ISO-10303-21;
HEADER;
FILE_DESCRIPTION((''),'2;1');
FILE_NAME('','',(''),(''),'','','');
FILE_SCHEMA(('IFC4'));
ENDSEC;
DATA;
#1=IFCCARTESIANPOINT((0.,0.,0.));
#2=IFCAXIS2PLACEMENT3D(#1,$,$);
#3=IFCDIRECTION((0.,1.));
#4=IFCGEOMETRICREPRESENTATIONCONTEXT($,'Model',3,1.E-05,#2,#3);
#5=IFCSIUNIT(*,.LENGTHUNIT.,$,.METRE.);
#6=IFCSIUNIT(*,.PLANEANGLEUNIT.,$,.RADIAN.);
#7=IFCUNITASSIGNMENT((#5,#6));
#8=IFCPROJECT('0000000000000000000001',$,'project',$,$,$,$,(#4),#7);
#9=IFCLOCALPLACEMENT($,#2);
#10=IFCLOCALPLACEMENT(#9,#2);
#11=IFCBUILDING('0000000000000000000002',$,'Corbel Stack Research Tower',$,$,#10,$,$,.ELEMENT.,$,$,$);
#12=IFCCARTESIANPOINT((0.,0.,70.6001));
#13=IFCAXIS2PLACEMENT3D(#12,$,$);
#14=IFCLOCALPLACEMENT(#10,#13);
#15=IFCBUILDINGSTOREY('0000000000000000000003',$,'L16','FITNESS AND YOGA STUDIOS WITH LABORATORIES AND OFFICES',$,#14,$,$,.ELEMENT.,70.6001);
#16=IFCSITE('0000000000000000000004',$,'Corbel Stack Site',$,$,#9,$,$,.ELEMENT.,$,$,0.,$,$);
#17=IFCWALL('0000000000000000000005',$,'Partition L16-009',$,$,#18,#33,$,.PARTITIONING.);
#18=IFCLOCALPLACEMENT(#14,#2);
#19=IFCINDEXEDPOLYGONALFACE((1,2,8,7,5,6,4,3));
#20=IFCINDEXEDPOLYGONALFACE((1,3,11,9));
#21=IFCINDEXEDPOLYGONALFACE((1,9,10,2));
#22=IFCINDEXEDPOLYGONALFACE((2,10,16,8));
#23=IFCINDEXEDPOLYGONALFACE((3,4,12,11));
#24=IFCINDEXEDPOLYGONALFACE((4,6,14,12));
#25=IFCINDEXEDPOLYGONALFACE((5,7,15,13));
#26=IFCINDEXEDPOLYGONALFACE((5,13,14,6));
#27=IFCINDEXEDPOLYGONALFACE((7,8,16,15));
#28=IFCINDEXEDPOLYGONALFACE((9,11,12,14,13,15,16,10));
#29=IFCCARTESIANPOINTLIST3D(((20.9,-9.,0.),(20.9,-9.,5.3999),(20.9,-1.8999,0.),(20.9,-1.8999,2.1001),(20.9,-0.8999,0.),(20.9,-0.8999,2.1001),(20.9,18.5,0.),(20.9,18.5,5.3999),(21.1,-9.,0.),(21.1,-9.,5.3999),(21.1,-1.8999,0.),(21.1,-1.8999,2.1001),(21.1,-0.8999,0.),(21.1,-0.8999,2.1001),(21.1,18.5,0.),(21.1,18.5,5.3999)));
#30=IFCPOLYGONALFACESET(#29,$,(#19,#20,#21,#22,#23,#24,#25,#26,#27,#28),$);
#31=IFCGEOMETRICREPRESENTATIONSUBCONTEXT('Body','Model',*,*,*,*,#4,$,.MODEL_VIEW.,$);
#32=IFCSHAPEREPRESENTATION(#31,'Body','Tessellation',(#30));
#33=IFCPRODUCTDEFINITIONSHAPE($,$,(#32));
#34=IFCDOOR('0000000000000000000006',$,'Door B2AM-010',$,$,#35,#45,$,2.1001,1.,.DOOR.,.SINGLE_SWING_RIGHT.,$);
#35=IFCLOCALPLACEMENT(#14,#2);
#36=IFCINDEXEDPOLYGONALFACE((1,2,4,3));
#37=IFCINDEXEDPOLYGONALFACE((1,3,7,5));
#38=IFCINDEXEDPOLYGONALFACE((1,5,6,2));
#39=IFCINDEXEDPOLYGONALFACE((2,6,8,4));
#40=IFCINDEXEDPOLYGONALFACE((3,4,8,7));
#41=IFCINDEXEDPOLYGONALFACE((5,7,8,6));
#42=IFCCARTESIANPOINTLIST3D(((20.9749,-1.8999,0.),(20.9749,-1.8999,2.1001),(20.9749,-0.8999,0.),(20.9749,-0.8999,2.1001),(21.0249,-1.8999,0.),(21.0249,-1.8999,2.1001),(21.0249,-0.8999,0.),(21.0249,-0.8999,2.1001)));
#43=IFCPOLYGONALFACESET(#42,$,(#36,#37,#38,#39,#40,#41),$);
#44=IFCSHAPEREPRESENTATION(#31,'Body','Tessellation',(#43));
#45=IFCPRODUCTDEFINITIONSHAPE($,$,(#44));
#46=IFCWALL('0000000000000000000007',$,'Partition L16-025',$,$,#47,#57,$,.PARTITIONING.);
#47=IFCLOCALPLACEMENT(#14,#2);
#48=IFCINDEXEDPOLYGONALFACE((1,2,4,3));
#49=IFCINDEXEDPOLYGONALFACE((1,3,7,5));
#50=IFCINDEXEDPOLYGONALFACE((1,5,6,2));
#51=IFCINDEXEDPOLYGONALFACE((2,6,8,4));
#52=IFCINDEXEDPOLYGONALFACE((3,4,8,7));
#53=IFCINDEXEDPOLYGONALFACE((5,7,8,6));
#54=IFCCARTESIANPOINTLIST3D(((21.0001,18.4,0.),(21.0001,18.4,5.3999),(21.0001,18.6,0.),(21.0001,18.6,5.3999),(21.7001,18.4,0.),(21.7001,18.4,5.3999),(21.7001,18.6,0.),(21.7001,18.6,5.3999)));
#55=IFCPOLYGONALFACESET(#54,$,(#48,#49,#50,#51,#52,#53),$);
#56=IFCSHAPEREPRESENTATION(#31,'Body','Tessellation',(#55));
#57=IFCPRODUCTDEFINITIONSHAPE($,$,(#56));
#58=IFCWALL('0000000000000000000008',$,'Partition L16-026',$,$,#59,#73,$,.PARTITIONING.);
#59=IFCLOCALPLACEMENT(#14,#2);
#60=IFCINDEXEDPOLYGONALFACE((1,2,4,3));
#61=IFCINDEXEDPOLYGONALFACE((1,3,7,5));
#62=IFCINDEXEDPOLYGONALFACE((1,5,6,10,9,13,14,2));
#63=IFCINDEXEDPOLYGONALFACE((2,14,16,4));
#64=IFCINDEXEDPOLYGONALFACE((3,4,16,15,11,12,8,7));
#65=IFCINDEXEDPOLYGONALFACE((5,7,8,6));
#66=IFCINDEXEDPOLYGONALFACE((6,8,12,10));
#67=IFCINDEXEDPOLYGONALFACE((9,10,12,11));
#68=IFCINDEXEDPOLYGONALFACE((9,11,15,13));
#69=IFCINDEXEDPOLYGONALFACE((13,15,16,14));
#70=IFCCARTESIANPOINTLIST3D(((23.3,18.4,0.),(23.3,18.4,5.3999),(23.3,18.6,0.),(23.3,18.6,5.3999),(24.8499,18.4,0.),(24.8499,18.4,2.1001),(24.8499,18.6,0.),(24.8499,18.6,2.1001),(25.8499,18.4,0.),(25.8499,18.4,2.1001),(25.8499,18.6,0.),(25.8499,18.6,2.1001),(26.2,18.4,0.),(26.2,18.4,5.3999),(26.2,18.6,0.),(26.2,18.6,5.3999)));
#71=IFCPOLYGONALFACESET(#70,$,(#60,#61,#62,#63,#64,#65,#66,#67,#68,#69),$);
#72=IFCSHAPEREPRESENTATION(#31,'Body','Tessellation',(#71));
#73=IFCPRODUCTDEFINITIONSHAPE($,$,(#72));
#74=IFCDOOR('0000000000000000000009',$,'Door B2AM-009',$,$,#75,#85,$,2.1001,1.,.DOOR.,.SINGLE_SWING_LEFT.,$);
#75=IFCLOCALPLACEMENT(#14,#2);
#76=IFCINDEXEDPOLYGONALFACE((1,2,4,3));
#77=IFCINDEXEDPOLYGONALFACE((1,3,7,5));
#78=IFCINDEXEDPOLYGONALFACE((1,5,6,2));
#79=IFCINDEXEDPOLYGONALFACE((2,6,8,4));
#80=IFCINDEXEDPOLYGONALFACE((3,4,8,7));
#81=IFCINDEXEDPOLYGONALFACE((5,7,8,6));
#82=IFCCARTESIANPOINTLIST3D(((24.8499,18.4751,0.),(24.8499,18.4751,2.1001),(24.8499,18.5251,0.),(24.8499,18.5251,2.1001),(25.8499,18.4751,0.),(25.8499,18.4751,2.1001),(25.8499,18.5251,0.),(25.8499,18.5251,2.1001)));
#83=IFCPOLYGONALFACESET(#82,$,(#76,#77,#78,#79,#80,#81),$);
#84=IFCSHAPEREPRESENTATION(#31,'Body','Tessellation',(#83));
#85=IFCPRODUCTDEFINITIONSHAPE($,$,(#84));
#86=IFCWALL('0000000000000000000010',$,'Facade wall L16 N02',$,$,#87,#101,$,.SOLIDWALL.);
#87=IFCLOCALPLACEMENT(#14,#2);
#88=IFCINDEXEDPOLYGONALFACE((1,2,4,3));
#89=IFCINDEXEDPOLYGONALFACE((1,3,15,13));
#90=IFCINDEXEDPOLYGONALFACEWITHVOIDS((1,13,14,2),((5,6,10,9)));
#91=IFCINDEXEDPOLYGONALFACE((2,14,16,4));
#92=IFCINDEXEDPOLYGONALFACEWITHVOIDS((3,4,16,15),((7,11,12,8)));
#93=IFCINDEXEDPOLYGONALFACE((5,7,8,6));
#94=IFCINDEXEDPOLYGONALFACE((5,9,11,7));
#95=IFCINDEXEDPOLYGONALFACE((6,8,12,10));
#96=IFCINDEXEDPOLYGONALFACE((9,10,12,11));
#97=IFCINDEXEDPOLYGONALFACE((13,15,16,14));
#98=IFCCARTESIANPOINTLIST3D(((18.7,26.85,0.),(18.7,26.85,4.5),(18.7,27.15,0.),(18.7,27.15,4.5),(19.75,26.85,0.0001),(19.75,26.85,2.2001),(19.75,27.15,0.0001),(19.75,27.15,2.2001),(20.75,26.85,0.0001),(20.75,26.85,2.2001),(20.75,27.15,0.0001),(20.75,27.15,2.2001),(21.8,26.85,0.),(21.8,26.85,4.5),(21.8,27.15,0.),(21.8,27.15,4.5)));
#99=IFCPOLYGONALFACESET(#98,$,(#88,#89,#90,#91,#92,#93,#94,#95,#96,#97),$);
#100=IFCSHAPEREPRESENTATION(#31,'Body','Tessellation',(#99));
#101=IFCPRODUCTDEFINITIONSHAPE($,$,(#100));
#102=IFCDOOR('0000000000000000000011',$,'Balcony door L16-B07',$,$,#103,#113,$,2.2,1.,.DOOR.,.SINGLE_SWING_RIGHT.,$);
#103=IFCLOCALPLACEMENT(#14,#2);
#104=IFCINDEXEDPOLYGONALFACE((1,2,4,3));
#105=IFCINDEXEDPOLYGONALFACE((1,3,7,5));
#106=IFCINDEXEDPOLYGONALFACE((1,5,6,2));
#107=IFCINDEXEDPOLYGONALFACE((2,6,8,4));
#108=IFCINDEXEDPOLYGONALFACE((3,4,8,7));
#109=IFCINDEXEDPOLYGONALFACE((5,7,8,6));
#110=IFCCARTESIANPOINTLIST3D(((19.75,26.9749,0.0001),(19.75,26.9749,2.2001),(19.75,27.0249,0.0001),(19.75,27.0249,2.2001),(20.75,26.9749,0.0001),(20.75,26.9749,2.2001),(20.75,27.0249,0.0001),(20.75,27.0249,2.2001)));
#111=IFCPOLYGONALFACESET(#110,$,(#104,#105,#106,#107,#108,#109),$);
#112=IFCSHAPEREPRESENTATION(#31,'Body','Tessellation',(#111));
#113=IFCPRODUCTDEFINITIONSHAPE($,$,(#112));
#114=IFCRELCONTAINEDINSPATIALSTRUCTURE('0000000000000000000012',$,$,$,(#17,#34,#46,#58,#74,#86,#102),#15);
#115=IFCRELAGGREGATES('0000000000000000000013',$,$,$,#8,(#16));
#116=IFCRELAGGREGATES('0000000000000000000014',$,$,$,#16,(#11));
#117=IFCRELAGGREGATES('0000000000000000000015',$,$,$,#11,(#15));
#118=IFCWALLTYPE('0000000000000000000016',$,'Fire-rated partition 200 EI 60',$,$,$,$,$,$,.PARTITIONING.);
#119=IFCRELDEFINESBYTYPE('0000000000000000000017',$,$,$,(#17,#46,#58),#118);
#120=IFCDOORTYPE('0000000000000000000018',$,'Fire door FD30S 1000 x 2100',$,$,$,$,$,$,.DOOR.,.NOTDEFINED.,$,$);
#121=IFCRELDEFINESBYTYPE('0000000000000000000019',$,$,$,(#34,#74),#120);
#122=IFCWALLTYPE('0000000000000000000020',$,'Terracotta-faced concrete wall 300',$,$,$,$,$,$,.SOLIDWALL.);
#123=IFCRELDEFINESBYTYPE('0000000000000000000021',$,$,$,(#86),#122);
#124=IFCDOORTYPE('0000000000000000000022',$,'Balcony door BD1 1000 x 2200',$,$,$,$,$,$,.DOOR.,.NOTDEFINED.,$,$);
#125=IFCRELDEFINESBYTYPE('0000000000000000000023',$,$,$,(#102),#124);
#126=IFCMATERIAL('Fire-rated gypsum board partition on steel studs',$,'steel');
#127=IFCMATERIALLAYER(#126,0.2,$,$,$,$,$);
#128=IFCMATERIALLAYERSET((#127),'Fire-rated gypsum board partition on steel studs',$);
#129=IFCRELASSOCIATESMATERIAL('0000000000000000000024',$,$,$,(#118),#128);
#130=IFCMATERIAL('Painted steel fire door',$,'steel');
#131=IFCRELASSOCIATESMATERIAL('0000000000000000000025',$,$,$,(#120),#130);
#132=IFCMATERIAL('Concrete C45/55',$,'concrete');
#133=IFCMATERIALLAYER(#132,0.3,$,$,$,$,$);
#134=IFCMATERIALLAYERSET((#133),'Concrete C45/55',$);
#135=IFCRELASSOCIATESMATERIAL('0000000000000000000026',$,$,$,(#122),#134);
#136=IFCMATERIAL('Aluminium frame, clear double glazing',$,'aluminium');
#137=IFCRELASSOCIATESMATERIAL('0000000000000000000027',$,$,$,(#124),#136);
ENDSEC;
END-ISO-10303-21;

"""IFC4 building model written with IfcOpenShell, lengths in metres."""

from ifc_helpers import new_model, si_unit, direction, frame, frame_2d, origin, place, context, subcontext, project, spatial, rectangle, extrude, material, layer, layer_set, type_object, element, fill, save


model = new_model("IFC4")

# Units and contexts
model_context = context("Model", 3, precision=1e-05, world=origin(), true_north=direction((0.0, 1.0)))
body_context = subcontext(model_context, "Body", "Model", "MODEL_VIEW")
ifc_project = project(units=[si_unit("LENGTHUNIT", "METRE"), si_unit("PLANEANGLEUNIT", "RADIAN")], contexts=[model_context])

# Site, building, storey
site_placement = place(None, origin())
site = spatial("IfcSite", under=ifc_project, at=site_placement, Name="Corbel Stack Site", CompositionType="ELEMENT", RefElevation=0.0)
building_placement = place(site_placement, origin())
building = spatial("IfcBuilding", under=site, at=building_placement, Name="Corbel Stack Research Tower", CompositionType="ELEMENT")
storey_placement = place(building_placement, frame((0.0, 0.0, 70.6001)))
storey = spatial("IfcBuildingStorey", under=building, at=storey_placement, Name="L16", Description="FITNESS AND YOGA STUDIOS WITH LABORATORIES AND OFFICES", CompositionType="ELEMENT", Elevation=70.6001)

# Wall, opening, door
ifc_material_1 = material(Name="Fire-rated gypsum board partition on steel studs", Category="steel")
ifc_layer_1 = layer(ifc_material_1, 0.2)
ifc_layer_set_1 = layer_set([ifc_layer_1], Name="Fire-rated gypsum board partition on steel studs")
wall_type_1 = type_object("IfcWallType", Name="Fire-rated partition 200 EI 60", PredefinedType="PARTITIONING", material=ifc_layer_set_1)
wall_1_placement = place(storey_placement, frame((21.0, 18.5, 0.0), z_axis=(0.0, 0.0, 1.0), x_axis=(0.0, -1.0, 0.0)))
wall_1 = element("IfcWall", 1, at=wall_1_placement, inside=storey, type_object=wall_type_1, Name="Partition L16-009", PredefinedType="PARTITIONING", context=body_context, shape_type="SweptSolid", body=[
    extrude(rectangle(XDim=27.5, YDim=0.2, at=frame_2d((13.75, 0.0))), origin(), (0.0, 0.0, 1.0), 5.3999),
])
opening_1_placement = place(wall_1_placement, frame((19.3999, 0.0, 0.0)))
opening_1 = element("IfcOpeningElement", 2, at=opening_1_placement, cuts=wall_1, PredefinedType="OPENING", context=body_context, shape_type="SweptSolid", body=[
    extrude(rectangle(XDim=1.0, YDim=2.1001, at=frame_2d((0.5, 1.05))), frame((0.0, 0.1099, 0.0), z_axis=(0.0, -1.0, 0.0), x_axis=(1.0, 0.0, 0.0)), (0.0, 0.0, 1.0), 0.22),
])
ifc_material_2 = material(Name="Painted steel fire door", Category="steel")
door_type_1 = type_object("IfcDoorType", Name="Fire door FD30S 1000 x 2100", OperationType="NOTDEFINED", PredefinedType="DOOR", material=ifc_material_2)
door_1_placement = place(opening_1_placement, origin())
door_1 = element("IfcDoor", 3, at=door_1_placement, inside=storey, type_object=door_type_1, Name="Door B2AM-010", OperationType="SINGLE_SWING_RIGHT", OverallHeight=2.1001, OverallWidth=1.0, PredefinedType="DOOR", context=body_context, shape_type="SweptSolid", body=[
    extrude(rectangle(XDim=1.0, YDim=2.1001, at=frame_2d((0.5, 1.05))), frame((0.0, 0.0249, 0.0), z_axis=(0.0, -1.0, 0.0), x_axis=(1.0, 0.0, 0.0)), (0.0, 0.0, 1.0), 0.05),
])
fill(opening_1, door_1)

# Wall
wall_2_placement = place(storey_placement, frame((21.0, 18.5, 0.0), z_axis=(0.0, 0.0, 1.0), x_axis=(1.0, 0.0, 0.0)))
element("IfcWall", 4, at=wall_2_placement, inside=storey, type_object=wall_type_1, Name="Partition L16-025", PredefinedType="PARTITIONING", context=body_context, shape_type="SweptSolid", body=[
    extrude(rectangle(XDim=0.7, YDim=0.2, at=frame_2d((0.3501, 0.0))), origin(), (0.0, 0.0, 1.0), 5.3999),
])

# Walls, openings, doors
wall_3_placement = place(storey_placement, frame((26.2, 18.5, 0.0), z_axis=(0.0, 0.0, 1.0), x_axis=(-1.0, 0.0, 0.0)))
wall_3 = element("IfcWall", 5, at=wall_3_placement, inside=storey, type_object=wall_type_1, Name="Partition L16-026", PredefinedType="PARTITIONING", context=body_context, shape_type="SweptSolid", body=[
    extrude(rectangle(XDim=2.8999, YDim=0.2, at=frame_2d((1.45, 0.0))), origin(), (0.0, 0.0, 1.0), 5.3999),
])
opening_2_placement = place(wall_3_placement, frame((0.3501, 0.0, 0.0)))
opening_2 = element("IfcOpeningElement", 6, at=opening_2_placement, cuts=wall_3, PredefinedType="OPENING", context=body_context, shape_type="SweptSolid", body=[
    extrude(rectangle(XDim=1.0, YDim=2.1001, at=frame_2d((0.5, 1.05))), frame((0.0, 0.1099, 0.0), z_axis=(0.0, -1.0, 0.0), x_axis=(1.0, 0.0, 0.0)), (0.0, 0.0, 1.0), 0.22),
])
door_2_placement = place(opening_2_placement, origin())
door_2 = element("IfcDoor", 7, at=door_2_placement, inside=storey, type_object=door_type_1, Name="Door B2AM-009", OperationType="SINGLE_SWING_LEFT", OverallHeight=2.1001, OverallWidth=1.0, PredefinedType="DOOR", context=body_context, shape_type="SweptSolid", body=[
    extrude(rectangle(XDim=1.0, YDim=2.1001, at=frame_2d((0.5, 1.05))), frame((0.0, 0.0249, 0.0), z_axis=(0.0, -1.0, 0.0), x_axis=(1.0, 0.0, 0.0)), (0.0, 0.0, 1.0), 0.05),
])
fill(opening_2, door_2)
ifc_material_3 = material(Name="Concrete C45/55", Category="concrete")
ifc_layer_2 = layer(ifc_material_3, 0.3)
ifc_layer_set_2 = layer_set([ifc_layer_2], Name="Concrete C45/55")
wall_type_2 = type_object("IfcWallType", Name="Terracotta-faced concrete wall 300", PredefinedType="SOLIDWALL", material=ifc_layer_set_2)
wall_4_placement = place(storey_placement, frame((18.7, 27.0, 0.0), z_axis=(0.0, 0.0, 1.0), x_axis=(1.0, 0.0, 0.0)))
wall_4 = element("IfcWall", 8, at=wall_4_placement, inside=storey, type_object=wall_type_2, Name="Facade wall L16 N02", PredefinedType="SOLIDWALL", context=body_context, shape_type="SweptSolid", body=[
    extrude(rectangle(XDim=3.1001, YDim=0.3, at=frame_2d((1.55, 0.0))), origin(), (0.0, 0.0, 1.0), 4.5),
])
opening_3_placement = place(wall_4_placement, frame((1.05, 0.0, 0.0)))
opening_3 = element("IfcOpeningElement", 9, at=opening_3_placement, cuts=wall_4, PredefinedType="OPENING", context=body_context, shape_type="SweptSolid", body=[
    extrude(rectangle(XDim=1.0, YDim=2.2, at=frame_2d((0.5, 1.1001))), frame((0.0, 0.1599, 0.0), z_axis=(0.0, -1.0, 0.0), x_axis=(1.0, 0.0, 0.0)), (0.0, 0.0, 1.0), 0.3201),
])
ifc_material_4 = material(Name="Aluminium frame, clear double glazing", Category="aluminium")
door_type_2 = type_object("IfcDoorType", Name="Balcony door BD1 1000 x 2200", OperationType="NOTDEFINED", PredefinedType="DOOR", material=ifc_material_4)
door_3_placement = place(opening_3_placement, origin())
door_3 = element("IfcDoor", 10, at=door_3_placement, inside=storey, type_object=door_type_2, Name="Balcony door L16-B07", OperationType="SINGLE_SWING_RIGHT", OverallHeight=2.2, OverallWidth=1.0, PredefinedType="DOOR", context=body_context, shape_type="SweptSolid", body=[
    extrude(rectangle(XDim=1.0, YDim=2.2, at=frame_2d((0.5, 1.1001))), frame((0.0, 0.0249, 0.0), z_axis=(0.0, -1.0, 0.0), x_axis=(1.0, 0.0, 0.0)), (0.0, 0.0, 1.0), 0.05),
])
fill(opening_3, door_3)

save(model, "model.ifc")
